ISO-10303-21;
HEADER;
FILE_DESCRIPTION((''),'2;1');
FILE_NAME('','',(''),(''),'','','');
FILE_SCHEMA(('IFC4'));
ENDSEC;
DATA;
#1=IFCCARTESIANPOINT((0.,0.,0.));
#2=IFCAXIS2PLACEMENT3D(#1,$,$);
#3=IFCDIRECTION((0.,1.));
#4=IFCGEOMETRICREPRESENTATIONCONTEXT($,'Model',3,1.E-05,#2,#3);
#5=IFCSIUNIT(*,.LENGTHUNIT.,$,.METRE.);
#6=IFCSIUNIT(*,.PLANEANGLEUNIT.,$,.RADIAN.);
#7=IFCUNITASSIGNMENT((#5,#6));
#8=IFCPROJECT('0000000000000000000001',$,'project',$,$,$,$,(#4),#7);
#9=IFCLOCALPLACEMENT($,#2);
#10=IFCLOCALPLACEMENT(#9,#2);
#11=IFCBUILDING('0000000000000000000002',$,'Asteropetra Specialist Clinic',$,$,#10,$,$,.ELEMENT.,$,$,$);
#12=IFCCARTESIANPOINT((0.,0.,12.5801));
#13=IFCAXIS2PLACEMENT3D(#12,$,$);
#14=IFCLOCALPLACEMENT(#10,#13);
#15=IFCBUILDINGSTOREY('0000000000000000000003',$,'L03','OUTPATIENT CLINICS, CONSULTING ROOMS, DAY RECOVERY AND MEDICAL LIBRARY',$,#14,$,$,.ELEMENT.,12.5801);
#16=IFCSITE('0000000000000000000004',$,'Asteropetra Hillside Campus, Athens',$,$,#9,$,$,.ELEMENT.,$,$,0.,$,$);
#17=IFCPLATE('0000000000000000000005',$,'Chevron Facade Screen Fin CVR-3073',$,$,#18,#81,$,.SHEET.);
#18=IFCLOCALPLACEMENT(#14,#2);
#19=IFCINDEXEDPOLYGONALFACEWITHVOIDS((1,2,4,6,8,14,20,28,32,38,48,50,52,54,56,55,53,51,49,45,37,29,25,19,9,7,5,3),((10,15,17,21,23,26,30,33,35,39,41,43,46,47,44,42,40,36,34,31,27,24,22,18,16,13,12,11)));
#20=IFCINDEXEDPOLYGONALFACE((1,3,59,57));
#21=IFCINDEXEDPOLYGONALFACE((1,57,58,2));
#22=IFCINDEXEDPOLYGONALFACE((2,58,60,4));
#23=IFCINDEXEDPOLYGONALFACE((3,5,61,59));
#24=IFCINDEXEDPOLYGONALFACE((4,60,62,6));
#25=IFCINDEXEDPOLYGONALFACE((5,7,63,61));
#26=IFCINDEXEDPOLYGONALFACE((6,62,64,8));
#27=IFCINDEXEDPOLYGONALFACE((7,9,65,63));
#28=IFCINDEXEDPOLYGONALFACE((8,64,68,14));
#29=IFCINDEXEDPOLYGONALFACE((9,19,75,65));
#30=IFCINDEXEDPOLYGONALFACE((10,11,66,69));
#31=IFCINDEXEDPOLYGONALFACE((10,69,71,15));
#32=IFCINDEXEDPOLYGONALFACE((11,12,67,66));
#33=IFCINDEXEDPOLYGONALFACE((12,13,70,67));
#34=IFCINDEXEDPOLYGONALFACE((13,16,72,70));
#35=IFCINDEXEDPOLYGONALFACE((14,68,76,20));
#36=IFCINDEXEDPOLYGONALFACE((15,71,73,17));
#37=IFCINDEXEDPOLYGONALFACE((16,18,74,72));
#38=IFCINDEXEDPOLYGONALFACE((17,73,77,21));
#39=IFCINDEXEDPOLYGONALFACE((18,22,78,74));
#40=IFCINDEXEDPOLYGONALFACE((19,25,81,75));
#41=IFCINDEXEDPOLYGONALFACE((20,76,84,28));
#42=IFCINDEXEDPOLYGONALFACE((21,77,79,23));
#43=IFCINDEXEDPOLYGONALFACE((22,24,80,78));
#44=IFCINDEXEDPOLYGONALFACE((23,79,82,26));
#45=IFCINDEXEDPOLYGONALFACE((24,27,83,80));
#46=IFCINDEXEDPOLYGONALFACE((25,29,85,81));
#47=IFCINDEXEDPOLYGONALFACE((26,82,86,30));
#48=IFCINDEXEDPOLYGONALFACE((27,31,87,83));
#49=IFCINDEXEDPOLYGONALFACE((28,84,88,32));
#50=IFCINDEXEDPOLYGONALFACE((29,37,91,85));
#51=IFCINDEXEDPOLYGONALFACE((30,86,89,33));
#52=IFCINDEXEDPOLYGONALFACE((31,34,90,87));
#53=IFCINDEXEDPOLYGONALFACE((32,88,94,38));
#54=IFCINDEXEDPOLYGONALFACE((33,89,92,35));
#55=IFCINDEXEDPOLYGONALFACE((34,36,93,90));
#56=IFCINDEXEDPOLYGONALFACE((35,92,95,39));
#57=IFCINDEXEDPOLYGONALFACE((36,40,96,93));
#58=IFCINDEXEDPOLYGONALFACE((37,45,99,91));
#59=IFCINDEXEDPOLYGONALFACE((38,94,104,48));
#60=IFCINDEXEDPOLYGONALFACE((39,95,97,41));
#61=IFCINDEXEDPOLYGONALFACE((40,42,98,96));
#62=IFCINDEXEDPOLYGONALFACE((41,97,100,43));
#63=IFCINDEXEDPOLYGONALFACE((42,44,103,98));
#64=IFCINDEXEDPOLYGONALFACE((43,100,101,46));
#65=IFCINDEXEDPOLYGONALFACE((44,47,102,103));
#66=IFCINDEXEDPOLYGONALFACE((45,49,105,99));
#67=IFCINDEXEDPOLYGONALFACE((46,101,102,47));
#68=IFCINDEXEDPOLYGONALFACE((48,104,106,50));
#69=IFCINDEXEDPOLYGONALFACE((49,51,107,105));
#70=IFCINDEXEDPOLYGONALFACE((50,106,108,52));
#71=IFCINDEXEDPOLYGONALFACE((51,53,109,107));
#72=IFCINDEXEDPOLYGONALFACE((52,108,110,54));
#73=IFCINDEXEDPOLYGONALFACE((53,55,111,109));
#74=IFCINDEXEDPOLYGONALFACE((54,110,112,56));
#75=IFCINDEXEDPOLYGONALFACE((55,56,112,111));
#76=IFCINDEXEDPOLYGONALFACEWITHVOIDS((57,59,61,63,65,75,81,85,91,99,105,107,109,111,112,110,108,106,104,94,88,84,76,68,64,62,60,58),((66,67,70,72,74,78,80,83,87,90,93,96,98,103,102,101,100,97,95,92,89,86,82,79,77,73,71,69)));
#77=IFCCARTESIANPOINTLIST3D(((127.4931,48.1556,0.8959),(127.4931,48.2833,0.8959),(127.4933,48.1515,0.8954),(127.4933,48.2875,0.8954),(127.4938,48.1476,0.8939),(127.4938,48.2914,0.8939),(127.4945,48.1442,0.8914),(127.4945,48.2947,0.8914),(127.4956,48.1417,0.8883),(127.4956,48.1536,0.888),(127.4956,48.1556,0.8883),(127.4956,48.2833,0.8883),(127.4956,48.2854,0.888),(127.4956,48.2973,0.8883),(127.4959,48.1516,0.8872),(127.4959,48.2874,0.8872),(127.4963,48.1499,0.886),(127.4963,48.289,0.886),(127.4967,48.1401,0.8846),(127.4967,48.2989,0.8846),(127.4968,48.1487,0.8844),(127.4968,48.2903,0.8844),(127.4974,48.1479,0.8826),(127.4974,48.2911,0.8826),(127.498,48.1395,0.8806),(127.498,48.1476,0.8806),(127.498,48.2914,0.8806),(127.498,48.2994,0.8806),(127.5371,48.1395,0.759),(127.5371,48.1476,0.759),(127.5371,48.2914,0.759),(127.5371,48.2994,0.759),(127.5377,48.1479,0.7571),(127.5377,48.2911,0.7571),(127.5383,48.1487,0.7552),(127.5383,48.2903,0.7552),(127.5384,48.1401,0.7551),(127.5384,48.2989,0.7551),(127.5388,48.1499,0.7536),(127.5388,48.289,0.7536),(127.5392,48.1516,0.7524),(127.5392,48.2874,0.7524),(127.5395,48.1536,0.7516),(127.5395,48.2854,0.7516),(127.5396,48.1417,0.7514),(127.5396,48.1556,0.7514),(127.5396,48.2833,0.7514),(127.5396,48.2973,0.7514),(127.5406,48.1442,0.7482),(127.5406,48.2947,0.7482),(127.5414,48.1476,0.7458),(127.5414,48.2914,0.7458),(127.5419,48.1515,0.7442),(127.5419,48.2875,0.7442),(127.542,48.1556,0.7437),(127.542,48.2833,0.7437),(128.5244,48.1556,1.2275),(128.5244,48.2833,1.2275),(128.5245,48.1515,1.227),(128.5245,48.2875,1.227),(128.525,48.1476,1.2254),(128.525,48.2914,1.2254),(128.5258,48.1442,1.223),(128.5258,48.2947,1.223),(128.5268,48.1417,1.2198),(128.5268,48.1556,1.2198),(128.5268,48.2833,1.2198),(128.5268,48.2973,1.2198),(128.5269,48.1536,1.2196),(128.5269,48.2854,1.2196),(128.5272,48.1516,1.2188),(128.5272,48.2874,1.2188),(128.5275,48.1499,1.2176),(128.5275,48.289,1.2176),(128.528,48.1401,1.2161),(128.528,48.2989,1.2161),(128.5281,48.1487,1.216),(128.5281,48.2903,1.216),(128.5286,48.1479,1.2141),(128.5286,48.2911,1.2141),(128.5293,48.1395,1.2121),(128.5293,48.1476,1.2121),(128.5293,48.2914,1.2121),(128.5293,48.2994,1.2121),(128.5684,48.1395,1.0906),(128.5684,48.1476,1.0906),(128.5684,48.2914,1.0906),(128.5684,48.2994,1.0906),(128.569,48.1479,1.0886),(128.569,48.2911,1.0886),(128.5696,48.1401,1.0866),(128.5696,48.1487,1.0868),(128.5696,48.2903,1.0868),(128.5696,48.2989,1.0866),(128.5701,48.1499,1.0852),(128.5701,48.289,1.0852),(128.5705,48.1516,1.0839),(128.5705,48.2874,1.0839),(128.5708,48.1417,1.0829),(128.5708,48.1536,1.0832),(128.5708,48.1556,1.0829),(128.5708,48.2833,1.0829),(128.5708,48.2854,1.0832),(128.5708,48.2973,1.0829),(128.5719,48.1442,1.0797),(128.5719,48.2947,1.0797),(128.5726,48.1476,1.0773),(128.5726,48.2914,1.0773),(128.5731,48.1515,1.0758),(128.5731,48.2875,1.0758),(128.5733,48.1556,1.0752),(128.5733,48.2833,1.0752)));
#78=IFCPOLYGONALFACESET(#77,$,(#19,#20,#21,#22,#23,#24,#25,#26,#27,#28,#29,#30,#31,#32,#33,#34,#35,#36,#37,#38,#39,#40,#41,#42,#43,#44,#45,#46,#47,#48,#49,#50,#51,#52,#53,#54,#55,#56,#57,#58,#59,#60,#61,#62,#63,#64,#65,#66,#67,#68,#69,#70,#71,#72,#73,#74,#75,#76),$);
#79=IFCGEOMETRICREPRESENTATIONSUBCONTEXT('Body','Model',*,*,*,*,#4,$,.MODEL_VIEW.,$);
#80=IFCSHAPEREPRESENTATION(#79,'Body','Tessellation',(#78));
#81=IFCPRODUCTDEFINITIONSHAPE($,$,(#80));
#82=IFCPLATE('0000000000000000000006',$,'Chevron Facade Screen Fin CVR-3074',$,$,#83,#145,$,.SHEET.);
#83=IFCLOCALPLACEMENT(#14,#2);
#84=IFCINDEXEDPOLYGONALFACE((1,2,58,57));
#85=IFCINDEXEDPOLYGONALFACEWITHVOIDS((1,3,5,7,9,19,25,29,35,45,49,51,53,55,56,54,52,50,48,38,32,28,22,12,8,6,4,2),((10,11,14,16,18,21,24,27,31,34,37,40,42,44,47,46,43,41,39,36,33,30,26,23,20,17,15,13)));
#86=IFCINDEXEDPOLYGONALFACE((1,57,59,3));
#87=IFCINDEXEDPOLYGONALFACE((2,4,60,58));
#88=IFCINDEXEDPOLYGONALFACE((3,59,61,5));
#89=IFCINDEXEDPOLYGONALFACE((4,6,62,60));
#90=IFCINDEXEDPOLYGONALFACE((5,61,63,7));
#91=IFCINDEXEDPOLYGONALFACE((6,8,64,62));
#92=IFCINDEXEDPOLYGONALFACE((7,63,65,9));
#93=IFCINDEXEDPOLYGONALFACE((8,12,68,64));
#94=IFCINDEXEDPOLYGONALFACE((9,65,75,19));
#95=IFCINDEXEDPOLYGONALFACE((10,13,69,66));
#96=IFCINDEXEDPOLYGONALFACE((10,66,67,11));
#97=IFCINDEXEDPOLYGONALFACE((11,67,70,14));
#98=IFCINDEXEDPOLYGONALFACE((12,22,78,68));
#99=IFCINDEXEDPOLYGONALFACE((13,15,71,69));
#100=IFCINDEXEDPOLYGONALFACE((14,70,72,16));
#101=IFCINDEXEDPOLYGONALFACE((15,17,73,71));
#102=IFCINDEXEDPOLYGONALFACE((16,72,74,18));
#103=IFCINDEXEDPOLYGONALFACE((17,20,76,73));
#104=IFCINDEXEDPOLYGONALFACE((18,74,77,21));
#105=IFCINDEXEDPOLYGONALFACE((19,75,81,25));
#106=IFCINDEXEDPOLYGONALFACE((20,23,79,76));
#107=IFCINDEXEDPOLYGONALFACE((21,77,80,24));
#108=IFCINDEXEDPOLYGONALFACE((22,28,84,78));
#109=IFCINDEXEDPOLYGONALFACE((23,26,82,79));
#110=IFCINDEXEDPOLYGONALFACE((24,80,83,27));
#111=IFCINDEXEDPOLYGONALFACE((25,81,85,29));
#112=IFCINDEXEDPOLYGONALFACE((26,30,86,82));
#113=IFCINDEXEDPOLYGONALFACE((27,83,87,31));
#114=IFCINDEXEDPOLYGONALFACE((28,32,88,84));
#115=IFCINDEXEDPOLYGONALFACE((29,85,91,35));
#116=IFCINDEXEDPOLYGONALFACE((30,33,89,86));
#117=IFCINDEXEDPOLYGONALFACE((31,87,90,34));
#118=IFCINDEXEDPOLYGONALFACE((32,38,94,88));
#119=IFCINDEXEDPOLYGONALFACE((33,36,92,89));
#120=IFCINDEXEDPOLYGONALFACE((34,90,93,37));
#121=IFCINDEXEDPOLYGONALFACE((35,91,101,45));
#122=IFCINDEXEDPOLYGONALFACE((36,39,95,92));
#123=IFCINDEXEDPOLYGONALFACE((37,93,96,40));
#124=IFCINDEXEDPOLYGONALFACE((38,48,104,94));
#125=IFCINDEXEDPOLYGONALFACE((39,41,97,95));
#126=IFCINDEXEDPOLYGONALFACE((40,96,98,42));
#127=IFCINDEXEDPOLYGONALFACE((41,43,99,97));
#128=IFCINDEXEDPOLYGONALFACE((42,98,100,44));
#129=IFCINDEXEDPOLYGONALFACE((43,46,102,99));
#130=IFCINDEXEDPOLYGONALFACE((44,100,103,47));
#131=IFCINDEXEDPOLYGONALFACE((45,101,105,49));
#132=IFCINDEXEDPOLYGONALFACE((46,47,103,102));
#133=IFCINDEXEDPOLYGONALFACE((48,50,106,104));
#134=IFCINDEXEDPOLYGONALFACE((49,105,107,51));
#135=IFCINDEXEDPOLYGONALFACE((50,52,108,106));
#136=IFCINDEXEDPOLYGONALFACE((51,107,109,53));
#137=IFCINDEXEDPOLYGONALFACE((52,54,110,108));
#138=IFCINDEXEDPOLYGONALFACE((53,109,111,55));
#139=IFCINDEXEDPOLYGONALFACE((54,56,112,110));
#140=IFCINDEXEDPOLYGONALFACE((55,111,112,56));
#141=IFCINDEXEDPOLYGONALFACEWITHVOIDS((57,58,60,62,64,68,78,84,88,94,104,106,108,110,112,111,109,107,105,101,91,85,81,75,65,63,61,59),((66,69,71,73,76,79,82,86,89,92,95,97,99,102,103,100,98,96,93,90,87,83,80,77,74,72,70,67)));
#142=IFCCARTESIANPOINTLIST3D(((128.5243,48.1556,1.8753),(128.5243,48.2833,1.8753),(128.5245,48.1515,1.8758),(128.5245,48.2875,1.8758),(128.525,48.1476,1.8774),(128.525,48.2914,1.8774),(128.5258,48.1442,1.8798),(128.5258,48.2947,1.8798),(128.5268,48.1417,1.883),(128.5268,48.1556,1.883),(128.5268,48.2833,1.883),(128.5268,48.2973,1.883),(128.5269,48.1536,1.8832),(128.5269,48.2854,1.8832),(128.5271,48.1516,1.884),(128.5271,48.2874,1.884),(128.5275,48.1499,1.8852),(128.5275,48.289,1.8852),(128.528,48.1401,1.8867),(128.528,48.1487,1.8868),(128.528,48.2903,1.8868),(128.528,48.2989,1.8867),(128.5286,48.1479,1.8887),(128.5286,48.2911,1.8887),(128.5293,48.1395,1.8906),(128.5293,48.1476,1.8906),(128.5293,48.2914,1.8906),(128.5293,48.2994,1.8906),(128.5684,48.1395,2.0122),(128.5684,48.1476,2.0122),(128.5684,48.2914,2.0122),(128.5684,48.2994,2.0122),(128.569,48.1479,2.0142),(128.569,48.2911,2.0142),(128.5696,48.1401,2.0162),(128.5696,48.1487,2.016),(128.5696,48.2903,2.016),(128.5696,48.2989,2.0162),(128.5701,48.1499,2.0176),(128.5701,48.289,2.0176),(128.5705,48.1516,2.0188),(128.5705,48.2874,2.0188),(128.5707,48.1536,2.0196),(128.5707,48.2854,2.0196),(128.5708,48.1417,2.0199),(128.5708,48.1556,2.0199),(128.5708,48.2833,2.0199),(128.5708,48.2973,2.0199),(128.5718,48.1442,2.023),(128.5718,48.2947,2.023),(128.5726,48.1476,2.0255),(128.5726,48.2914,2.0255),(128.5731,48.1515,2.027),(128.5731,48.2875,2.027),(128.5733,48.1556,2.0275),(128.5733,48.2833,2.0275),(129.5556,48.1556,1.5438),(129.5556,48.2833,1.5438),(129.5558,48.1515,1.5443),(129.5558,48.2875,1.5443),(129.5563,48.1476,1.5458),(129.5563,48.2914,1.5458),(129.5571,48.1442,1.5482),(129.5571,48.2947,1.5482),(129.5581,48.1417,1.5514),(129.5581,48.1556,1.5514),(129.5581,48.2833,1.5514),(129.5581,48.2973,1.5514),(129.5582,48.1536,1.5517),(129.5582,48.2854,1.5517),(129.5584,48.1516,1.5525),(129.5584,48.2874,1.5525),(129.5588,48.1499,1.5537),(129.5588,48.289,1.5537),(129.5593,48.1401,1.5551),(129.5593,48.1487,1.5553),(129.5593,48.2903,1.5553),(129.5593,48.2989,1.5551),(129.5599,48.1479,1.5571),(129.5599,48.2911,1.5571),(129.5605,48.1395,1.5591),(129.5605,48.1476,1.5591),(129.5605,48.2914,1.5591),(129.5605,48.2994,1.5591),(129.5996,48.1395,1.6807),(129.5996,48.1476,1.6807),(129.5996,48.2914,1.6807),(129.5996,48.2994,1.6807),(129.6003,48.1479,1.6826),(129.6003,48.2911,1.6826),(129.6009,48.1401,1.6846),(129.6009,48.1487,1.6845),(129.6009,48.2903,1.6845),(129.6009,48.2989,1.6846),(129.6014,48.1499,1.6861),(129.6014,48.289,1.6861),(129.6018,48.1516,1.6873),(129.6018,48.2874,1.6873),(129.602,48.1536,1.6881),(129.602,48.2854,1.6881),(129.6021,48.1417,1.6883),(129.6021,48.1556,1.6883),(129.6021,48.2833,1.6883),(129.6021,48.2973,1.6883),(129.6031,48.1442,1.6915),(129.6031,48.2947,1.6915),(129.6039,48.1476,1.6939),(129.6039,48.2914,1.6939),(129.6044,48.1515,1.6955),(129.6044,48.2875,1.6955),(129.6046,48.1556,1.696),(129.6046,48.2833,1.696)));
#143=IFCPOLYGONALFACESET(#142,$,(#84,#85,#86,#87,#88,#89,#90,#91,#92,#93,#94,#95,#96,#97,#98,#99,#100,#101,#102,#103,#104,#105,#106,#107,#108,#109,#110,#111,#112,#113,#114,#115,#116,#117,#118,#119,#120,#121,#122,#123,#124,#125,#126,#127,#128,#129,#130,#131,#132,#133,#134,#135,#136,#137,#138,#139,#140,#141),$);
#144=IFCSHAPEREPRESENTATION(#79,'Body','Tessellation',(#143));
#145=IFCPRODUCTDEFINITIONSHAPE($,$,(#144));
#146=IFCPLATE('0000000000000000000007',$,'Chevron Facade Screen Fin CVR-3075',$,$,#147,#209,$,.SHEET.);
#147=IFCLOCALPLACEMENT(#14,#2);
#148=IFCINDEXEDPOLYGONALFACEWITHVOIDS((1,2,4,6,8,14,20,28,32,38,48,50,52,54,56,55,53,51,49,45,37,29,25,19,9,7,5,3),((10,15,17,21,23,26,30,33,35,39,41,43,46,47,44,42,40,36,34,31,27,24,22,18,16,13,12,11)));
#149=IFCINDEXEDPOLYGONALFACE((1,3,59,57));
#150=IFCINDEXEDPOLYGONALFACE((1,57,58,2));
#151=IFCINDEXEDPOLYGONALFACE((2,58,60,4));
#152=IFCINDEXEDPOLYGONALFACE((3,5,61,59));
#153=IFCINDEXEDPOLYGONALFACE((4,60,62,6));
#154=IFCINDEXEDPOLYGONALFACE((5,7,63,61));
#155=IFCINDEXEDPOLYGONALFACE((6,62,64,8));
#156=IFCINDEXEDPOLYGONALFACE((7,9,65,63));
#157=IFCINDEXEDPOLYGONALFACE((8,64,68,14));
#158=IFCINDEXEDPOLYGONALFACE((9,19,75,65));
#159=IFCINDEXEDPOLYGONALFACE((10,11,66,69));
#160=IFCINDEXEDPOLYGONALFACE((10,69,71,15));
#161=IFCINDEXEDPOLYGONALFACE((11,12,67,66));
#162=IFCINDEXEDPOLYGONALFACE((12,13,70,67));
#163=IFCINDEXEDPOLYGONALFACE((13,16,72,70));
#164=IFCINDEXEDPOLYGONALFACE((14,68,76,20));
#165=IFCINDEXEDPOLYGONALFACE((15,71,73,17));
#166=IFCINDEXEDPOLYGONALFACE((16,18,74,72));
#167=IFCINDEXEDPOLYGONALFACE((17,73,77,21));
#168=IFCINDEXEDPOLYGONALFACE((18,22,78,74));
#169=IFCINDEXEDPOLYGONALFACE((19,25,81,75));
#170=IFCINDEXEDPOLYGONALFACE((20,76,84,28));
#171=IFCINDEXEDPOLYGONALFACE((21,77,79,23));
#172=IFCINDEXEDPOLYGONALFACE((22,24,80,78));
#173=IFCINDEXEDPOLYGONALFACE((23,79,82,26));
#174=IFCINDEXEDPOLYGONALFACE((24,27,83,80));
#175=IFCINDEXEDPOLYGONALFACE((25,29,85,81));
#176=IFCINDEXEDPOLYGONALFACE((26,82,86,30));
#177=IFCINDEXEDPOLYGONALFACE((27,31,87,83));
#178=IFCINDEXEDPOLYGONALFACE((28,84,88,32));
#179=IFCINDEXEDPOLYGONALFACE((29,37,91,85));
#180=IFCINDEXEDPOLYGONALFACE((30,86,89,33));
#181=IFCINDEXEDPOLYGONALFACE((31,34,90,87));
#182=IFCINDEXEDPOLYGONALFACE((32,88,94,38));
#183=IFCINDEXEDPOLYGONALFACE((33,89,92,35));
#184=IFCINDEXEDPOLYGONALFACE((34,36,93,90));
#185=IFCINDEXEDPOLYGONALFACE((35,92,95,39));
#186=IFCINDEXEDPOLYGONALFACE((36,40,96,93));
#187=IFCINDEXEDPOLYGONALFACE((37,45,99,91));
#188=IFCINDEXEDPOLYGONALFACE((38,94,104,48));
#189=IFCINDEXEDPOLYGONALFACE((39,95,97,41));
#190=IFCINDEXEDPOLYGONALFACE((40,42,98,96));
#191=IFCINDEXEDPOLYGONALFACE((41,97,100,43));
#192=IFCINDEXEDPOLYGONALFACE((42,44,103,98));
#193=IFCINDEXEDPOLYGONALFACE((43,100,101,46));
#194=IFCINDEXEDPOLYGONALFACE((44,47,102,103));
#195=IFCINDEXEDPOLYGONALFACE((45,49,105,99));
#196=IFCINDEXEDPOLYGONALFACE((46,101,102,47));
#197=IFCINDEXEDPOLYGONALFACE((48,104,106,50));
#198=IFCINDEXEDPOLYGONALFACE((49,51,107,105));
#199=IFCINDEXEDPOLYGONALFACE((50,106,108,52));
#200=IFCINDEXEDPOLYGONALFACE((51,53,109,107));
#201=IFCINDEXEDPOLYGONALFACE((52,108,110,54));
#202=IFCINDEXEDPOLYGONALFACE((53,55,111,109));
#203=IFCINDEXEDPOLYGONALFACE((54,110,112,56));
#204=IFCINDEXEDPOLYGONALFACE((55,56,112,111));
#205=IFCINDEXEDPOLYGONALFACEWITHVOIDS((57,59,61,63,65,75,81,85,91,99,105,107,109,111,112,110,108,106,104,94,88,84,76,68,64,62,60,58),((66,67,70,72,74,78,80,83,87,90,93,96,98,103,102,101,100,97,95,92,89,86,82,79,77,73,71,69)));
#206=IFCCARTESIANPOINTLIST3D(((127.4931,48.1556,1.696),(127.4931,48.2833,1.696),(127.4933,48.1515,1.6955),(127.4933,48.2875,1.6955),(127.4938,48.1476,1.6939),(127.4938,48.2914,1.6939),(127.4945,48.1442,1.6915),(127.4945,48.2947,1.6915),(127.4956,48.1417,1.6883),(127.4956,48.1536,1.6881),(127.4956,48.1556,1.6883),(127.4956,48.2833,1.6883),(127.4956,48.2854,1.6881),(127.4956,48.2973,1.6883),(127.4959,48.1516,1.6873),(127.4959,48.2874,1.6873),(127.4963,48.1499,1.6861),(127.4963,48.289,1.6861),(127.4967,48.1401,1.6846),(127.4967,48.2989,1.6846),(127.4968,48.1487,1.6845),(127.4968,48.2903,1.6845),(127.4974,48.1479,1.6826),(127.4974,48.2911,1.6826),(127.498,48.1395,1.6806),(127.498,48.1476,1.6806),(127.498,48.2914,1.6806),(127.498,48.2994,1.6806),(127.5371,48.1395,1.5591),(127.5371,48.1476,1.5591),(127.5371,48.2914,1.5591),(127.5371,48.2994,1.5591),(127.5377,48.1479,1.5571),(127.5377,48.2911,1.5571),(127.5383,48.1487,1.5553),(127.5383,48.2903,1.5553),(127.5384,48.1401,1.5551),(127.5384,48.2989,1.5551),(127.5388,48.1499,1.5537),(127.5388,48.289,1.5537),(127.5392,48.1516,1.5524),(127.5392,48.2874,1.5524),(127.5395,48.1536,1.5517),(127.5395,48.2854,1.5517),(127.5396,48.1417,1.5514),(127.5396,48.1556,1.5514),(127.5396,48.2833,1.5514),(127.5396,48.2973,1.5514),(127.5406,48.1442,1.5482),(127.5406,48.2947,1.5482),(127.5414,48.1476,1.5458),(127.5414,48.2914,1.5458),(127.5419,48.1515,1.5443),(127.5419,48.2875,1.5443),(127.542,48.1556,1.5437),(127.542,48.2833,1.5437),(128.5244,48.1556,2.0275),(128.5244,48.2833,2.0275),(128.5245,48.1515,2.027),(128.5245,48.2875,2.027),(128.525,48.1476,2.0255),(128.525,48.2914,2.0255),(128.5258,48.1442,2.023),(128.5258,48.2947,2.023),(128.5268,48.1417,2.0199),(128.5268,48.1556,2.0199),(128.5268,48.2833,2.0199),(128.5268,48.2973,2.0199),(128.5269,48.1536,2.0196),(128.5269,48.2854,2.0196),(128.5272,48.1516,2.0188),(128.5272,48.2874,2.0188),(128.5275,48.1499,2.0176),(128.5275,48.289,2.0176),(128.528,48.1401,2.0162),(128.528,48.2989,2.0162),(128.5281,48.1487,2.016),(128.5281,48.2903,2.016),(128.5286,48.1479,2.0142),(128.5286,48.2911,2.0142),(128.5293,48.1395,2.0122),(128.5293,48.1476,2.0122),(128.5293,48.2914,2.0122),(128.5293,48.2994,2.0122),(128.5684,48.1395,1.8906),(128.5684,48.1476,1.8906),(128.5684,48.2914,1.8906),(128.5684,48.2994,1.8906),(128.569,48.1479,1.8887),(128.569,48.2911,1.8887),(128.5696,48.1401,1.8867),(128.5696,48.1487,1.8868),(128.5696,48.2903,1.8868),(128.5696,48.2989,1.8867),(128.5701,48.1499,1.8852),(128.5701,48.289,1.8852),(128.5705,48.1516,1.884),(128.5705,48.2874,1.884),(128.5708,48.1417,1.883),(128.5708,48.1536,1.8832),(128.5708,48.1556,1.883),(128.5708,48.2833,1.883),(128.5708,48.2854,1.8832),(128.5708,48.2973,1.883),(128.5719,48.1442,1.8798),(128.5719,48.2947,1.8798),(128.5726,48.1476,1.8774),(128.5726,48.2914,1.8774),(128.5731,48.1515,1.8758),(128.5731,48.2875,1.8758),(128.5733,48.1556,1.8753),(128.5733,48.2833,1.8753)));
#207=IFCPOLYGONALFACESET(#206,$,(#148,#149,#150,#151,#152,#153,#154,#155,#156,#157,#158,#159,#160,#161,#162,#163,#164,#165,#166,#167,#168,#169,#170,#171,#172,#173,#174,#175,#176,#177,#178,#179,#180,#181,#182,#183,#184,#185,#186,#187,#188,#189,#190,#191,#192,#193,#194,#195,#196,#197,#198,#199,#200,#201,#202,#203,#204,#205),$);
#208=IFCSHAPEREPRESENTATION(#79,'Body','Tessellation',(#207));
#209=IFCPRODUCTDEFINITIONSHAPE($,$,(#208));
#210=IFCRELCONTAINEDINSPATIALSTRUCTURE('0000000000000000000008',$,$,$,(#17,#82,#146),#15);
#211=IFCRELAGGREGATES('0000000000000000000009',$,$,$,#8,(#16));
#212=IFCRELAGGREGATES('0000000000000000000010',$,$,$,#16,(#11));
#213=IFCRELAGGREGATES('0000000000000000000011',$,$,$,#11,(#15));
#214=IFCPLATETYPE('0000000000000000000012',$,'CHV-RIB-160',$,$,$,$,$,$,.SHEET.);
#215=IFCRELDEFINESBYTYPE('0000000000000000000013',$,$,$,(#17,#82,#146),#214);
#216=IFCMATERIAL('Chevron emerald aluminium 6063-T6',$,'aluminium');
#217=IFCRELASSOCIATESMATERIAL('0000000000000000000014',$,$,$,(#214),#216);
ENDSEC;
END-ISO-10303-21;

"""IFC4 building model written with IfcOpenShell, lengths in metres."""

from ifc_helpers import new_model, si_unit, direction, frame, origin, origin_2d, place, context, subcontext, project, spatial, hollow_rectangle, extrude, material, material_profile, profile_set, type_object, element, save


model = new_model("IFC4")

# Units and contexts
model_context = context("Model", 3, precision=1e-05, world=origin(), true_north=direction((0.0, 1.0)))
body_context = subcontext(model_context, "Body", "Model", "MODEL_VIEW")
ifc_project = project(units=[si_unit("LENGTHUNIT", "METRE"), si_unit("PLANEANGLEUNIT", "RADIAN")], contexts=[model_context])

# Site, building, storey
site_placement = place(None, origin())
site = spatial("IfcSite", under=ifc_project, at=site_placement, Name="Asteropetra Hillside Campus, Athens", CompositionType="ELEMENT", RefElevation=0.0)
building_placement = place(site_placement, origin())
building = spatial("IfcBuilding", under=site, at=building_placement, Name="Asteropetra Specialist Clinic", CompositionType="ELEMENT")
storey_placement = place(building_placement, frame((0.0, 0.0, 12.5801)))
storey = spatial("IfcBuildingStorey", under=building, at=storey_placement, Name="L03", Description="OUTPATIENT CLINICS, CONSULTING ROOMS, DAY RECOVERY AND MEDICAL LIBRARY", CompositionType="ELEMENT", Elevation=12.5801)

# Plates
ifc_material_1 = material(Name="Chevron emerald aluminium 6063-T6", Category="aluminium")
ifc_material_profile = material_profile(ifc_material_1, hollow_rectangle(XDim=0.1599, YDim=0.1599, WallThickness=0.0081, InnerFilletRadius=0.0081, OuterFilletRadius=0.0161, at=origin_2d()), Name="SHS 160x160x8.0")
ifc_profile_set = profile_set([ifc_material_profile], Name="Chevron emerald aluminium 6063-T6")
plate_type_1 = type_object("IfcPlateType", Name="CHV-RIB-160", PredefinedType="SHEET", material=ifc_profile_set)
for number, where, z_axis, x_axis, name in (
    (1, (128.5488, 48.2195, 1.1514), (-0.95201, 0.0, -0.306068), (0.0, -1.0, 0.0), "Chevron Facade Screen Fin CVR-3073"),
    (2, (129.5801, 48.2195, 1.6199), (-0.95201, 0.0, 0.306068), (0.0, -1.0, 0.0), "Chevron Facade Screen Fin CVR-3074"),
    (3, (128.5488, 48.2195, 1.9514), (-0.95201, 0.0, -0.306068), (0.0, -1.0, 0.0), "Chevron Facade Screen Fin CVR-3075"),
):
    element("IfcPlate", number, at=place(storey_placement, frame(where, z_axis=z_axis, x_axis=x_axis)), inside=storey, type_object=plate_type_1, Name=name, PredefinedType="SHEET", context=body_context, shape_type="SweptSolid", body=[
        extrude(hollow_rectangle(XDim=0.1599, YDim=0.1599, WallThickness=0.0081, InnerFilletRadius=0.0081, OuterFilletRadius=0.0161, at=origin_2d()), origin(), (0.0, 0.0, 1.0), 1.0833),
    ])

save(model, "model.ifc")
